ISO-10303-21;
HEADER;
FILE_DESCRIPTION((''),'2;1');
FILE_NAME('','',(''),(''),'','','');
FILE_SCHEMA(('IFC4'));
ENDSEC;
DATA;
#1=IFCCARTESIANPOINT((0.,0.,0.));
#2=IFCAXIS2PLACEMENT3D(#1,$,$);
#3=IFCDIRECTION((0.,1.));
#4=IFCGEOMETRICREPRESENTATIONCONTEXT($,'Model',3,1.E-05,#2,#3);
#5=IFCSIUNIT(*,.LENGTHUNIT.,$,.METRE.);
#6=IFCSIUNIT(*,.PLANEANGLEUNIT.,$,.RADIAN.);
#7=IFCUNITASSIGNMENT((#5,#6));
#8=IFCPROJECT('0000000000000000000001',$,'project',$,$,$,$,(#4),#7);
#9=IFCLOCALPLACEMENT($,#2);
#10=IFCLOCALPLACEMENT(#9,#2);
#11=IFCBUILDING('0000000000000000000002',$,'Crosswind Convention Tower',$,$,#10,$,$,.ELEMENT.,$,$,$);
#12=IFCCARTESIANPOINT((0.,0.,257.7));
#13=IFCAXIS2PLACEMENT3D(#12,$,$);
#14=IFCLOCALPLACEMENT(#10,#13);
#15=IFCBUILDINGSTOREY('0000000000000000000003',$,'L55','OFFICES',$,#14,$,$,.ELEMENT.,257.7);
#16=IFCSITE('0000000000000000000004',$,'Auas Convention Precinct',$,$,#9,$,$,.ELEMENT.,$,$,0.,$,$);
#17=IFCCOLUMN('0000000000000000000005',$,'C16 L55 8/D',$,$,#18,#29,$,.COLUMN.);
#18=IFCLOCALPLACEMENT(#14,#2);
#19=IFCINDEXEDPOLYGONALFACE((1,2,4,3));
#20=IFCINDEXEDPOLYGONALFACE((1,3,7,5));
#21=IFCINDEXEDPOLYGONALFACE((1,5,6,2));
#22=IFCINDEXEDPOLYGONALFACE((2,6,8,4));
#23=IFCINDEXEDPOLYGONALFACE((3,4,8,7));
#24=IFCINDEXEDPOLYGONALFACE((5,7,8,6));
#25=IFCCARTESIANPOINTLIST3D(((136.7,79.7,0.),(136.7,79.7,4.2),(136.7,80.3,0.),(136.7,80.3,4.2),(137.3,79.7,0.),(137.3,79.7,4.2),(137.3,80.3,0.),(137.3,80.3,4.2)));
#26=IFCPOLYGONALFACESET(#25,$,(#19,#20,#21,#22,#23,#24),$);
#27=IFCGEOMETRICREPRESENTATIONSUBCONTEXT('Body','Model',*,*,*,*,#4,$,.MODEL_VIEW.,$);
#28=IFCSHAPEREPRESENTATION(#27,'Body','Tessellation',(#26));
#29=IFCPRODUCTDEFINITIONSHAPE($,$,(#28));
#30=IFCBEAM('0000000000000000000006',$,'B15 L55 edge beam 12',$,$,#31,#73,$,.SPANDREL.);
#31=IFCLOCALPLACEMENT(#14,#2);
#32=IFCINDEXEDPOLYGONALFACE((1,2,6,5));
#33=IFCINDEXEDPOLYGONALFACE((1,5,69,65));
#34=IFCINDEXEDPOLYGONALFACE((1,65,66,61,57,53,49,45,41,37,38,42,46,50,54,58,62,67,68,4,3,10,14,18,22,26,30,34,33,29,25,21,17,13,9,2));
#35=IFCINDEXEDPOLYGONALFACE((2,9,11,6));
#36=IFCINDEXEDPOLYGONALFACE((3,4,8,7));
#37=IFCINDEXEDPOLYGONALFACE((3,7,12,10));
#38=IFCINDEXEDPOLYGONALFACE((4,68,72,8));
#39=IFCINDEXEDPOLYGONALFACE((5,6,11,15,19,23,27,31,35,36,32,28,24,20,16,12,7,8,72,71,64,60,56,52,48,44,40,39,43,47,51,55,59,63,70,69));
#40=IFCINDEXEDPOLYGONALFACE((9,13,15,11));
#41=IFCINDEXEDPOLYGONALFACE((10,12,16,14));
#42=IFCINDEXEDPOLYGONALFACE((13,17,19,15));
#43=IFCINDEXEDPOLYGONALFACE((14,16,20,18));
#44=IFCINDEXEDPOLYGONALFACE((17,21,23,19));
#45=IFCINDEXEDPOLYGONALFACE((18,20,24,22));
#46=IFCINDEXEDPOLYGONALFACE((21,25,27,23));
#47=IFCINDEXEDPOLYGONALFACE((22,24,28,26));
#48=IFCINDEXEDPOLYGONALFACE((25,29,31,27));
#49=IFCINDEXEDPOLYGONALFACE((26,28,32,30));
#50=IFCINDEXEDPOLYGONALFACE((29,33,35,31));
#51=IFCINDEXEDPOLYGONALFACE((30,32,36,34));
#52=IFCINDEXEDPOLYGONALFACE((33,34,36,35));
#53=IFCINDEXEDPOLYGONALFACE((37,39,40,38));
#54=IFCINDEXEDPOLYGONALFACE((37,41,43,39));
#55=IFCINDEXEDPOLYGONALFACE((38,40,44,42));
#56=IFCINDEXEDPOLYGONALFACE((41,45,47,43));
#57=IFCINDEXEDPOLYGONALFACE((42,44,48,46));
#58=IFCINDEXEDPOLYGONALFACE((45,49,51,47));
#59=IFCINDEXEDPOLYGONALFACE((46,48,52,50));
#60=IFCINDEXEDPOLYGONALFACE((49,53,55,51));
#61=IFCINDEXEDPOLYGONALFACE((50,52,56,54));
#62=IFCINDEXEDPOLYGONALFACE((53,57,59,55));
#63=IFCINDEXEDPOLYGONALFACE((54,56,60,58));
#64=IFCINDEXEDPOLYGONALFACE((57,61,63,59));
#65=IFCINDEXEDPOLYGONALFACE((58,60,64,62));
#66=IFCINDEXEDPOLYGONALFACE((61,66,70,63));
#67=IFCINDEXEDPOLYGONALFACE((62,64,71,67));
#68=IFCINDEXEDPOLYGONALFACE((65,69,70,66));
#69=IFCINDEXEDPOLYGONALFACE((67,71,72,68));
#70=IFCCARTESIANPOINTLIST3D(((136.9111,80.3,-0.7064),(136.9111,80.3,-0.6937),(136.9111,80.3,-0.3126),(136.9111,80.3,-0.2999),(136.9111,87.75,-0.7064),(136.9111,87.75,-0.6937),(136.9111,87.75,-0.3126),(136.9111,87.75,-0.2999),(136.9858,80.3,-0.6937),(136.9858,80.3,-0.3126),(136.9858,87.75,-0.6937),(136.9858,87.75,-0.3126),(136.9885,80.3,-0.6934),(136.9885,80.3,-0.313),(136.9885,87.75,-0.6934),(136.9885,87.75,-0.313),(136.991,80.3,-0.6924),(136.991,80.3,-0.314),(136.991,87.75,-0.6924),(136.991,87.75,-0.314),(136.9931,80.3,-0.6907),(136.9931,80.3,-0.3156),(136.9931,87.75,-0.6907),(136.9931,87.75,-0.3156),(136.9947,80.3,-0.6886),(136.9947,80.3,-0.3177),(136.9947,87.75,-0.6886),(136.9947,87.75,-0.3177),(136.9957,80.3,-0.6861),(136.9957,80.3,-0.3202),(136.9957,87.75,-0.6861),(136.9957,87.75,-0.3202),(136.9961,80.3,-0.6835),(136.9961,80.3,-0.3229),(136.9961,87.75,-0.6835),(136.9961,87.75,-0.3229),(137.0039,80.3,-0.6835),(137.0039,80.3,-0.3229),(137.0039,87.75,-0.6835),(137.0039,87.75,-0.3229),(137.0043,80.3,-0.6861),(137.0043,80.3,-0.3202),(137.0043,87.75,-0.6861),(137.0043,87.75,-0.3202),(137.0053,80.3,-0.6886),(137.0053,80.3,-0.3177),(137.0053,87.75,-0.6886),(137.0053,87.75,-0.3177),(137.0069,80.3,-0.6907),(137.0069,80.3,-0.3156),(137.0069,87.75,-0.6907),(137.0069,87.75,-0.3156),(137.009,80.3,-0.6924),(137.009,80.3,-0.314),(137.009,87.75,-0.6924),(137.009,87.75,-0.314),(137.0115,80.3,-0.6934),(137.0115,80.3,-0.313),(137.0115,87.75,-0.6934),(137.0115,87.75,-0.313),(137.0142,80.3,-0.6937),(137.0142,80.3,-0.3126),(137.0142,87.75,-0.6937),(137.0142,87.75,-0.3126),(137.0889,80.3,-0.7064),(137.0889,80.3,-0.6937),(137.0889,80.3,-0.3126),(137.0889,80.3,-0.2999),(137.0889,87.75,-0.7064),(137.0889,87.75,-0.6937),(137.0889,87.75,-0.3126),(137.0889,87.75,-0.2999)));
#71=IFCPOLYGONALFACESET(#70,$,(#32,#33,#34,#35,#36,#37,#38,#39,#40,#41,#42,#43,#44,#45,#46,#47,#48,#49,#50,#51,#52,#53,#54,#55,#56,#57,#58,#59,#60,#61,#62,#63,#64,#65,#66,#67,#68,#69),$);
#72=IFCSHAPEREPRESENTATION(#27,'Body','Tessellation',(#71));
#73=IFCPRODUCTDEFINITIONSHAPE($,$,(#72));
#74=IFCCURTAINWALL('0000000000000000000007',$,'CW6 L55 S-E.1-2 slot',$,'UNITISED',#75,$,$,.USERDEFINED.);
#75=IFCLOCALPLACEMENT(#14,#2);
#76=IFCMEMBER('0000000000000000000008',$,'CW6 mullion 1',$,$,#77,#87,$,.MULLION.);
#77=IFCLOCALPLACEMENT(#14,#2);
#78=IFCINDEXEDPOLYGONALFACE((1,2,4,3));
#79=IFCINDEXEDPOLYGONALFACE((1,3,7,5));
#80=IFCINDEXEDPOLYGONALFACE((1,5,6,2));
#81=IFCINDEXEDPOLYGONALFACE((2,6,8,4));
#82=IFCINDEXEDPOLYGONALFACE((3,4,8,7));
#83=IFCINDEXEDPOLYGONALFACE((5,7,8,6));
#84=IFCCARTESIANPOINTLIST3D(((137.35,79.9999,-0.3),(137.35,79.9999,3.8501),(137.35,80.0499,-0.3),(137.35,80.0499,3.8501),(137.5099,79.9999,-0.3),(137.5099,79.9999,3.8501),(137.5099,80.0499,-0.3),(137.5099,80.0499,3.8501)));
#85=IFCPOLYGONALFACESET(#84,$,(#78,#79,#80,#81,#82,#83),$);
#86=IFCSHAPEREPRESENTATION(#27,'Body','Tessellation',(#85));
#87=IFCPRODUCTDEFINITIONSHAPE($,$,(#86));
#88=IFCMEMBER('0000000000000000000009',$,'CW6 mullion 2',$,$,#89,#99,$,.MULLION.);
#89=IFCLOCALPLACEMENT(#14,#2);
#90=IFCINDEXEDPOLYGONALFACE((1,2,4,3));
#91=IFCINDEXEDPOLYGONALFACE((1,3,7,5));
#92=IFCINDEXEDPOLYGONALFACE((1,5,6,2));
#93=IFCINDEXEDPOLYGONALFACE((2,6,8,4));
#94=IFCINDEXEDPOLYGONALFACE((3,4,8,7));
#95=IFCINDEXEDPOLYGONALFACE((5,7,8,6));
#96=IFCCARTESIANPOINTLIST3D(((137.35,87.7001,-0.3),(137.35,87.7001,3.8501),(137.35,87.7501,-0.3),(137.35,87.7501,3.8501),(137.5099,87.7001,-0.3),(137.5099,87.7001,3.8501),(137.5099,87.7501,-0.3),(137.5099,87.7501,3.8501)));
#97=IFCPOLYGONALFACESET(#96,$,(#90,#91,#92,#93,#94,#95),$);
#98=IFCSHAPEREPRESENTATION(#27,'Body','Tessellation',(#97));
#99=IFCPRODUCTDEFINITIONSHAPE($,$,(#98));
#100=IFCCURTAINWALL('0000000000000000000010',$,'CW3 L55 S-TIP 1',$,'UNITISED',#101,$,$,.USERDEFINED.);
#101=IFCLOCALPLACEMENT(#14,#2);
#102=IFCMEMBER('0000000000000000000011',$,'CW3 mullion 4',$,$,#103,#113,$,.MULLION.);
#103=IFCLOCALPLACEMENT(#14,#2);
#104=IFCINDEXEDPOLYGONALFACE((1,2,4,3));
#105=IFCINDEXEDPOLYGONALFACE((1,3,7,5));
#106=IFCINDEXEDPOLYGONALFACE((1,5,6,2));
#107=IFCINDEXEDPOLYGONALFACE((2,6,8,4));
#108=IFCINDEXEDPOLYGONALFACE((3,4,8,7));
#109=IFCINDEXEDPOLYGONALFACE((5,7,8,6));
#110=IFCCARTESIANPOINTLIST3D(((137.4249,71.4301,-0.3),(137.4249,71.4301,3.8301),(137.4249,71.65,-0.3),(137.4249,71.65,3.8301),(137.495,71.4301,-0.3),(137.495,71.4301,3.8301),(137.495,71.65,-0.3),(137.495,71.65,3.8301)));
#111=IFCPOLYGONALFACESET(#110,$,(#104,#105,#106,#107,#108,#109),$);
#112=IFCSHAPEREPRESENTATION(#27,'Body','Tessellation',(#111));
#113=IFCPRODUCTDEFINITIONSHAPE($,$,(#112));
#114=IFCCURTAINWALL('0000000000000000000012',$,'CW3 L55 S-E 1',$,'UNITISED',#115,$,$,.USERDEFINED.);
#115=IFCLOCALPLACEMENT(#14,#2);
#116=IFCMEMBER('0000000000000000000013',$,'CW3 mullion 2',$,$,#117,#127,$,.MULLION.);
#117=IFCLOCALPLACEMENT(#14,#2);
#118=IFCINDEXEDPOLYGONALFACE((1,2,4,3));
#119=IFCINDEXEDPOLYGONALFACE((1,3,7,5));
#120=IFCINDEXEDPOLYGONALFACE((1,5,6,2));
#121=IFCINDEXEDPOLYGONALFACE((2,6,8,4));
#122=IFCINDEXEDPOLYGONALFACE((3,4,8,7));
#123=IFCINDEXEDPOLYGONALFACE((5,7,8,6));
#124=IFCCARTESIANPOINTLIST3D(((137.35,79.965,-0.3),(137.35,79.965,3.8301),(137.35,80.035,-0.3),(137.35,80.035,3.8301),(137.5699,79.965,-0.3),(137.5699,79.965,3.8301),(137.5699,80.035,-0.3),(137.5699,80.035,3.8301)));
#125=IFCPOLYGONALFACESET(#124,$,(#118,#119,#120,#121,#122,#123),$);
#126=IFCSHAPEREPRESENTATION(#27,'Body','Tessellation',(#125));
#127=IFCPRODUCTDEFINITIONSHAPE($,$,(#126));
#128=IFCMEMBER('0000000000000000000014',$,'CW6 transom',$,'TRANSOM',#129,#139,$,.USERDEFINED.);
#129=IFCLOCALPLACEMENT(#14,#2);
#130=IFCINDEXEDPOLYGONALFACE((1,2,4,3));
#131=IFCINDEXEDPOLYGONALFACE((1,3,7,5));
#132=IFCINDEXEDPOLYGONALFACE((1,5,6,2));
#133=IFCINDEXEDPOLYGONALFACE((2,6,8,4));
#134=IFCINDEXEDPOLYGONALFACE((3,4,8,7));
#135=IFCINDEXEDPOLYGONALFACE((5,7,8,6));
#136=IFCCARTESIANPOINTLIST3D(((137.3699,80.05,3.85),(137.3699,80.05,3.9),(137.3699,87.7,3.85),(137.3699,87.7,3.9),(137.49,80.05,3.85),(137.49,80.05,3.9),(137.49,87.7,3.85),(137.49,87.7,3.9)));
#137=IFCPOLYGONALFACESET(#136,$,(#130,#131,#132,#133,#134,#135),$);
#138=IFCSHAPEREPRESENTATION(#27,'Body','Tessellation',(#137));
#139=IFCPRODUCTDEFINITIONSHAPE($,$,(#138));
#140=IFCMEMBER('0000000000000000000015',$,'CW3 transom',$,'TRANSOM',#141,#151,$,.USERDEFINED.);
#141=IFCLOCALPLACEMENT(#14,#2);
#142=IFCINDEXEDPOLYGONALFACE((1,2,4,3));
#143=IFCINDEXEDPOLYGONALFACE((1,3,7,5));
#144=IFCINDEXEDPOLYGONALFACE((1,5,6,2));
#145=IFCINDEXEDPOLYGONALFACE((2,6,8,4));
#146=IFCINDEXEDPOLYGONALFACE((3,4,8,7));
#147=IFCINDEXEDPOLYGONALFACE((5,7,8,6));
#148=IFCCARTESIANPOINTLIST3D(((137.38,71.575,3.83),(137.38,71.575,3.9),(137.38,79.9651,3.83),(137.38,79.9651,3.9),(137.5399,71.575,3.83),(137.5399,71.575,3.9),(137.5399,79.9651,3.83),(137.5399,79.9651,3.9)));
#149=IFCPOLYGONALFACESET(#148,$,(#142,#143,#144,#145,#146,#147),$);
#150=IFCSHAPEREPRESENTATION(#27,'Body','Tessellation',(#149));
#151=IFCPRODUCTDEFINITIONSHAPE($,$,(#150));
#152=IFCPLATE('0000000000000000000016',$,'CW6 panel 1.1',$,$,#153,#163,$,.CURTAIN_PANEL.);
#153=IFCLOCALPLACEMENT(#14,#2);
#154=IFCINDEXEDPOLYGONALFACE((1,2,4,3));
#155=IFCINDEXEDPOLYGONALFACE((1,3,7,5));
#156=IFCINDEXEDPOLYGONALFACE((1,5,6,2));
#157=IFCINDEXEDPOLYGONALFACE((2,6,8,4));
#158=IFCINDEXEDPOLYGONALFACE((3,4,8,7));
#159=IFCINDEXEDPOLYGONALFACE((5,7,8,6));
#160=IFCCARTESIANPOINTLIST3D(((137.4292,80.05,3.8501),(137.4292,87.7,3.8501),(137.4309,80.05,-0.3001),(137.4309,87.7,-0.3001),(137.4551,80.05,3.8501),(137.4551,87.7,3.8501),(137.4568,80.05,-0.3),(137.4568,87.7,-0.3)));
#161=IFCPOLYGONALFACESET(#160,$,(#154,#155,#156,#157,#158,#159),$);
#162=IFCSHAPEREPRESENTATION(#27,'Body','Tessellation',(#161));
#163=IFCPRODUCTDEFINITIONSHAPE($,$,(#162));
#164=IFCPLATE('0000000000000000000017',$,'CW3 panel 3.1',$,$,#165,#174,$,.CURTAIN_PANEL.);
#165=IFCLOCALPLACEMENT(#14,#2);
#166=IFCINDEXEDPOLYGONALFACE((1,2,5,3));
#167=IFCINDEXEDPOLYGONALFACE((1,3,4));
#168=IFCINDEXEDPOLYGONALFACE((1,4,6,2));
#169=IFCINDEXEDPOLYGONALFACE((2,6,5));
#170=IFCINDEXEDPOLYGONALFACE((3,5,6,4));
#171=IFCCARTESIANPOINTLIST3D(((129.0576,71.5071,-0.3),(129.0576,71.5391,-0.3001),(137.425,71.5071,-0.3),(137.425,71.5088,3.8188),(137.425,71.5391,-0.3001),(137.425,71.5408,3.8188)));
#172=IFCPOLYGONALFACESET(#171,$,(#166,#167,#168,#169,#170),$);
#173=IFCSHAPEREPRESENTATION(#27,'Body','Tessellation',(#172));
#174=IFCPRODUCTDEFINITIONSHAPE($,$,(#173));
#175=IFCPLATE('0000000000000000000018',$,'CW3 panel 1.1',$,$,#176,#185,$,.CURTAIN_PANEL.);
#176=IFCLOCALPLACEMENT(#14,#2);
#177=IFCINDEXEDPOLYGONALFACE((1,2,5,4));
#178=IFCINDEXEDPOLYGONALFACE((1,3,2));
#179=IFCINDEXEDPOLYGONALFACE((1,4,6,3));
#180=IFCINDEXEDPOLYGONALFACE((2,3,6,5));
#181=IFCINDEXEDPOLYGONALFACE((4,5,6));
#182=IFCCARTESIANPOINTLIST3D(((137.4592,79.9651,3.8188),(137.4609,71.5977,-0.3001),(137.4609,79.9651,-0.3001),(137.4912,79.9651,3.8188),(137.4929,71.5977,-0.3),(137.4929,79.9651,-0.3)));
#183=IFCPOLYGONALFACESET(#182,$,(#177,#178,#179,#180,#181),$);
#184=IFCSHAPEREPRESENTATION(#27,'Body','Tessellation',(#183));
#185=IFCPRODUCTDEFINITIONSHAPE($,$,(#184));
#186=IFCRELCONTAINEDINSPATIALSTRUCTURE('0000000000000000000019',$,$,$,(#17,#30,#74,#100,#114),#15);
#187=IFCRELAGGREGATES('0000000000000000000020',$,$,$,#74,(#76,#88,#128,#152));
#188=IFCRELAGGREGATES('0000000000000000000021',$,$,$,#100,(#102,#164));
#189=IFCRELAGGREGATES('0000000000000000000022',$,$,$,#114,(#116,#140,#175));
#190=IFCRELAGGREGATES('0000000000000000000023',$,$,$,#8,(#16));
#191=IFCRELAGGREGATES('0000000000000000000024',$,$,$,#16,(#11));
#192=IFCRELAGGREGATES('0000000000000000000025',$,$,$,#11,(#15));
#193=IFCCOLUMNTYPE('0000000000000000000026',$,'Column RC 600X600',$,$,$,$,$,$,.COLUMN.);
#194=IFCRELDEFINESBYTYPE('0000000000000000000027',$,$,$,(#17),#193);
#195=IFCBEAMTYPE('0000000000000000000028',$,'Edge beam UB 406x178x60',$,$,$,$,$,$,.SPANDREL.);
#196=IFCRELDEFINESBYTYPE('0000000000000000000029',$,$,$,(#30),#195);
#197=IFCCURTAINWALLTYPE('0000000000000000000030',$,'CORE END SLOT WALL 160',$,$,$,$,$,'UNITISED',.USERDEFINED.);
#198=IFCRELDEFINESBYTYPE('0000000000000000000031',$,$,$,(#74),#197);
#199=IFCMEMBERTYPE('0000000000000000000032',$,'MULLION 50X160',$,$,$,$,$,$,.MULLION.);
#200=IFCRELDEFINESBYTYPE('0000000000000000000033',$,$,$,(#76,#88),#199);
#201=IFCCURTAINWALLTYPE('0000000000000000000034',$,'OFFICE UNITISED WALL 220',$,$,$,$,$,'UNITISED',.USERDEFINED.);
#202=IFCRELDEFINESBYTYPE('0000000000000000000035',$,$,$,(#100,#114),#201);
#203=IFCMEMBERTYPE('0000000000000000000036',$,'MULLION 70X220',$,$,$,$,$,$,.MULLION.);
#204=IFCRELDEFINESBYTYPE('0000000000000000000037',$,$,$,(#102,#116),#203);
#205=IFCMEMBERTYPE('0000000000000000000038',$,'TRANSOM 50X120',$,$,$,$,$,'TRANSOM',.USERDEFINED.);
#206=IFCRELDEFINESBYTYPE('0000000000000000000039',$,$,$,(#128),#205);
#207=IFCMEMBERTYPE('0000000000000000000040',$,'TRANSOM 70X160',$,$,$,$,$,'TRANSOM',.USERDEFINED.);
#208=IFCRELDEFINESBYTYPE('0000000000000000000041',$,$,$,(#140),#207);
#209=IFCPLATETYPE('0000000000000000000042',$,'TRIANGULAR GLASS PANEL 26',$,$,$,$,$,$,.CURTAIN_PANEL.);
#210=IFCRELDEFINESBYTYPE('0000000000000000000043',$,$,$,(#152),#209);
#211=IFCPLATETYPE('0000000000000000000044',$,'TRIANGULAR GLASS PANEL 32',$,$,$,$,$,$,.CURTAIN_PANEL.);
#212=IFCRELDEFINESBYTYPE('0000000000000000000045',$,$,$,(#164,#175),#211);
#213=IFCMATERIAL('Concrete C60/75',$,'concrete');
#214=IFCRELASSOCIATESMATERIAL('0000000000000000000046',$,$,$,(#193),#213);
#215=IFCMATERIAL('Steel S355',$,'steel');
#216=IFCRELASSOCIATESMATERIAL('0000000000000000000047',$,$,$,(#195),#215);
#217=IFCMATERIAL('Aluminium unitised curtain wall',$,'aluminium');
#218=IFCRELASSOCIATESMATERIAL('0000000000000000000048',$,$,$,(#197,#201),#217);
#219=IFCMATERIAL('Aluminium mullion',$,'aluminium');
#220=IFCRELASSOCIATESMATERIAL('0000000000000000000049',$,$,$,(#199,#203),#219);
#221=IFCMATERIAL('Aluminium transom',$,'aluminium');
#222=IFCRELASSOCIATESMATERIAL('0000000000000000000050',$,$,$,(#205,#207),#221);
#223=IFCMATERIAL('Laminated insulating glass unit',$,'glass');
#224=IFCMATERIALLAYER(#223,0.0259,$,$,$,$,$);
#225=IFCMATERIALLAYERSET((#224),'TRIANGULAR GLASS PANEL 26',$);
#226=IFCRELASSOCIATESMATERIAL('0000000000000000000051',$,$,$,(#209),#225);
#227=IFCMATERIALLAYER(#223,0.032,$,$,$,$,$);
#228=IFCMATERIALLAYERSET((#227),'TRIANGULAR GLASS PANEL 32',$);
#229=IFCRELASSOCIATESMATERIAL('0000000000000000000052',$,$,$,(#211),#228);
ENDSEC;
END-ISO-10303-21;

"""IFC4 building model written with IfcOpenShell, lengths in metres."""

from ifc_helpers import new_model, si_unit, direction, frame, origin, origin_2d, place, context, subcontext, project, spatial, polyline, rectangle, i_section, outline, extrude, material, layer, layer_set, material_profile, profile_set, type_object, element, aggregate, save


model = new_model("IFC4")

# Units and contexts
model_context = context("Model", 3, precision=1e-05, world=origin(), true_north=direction((0.0, 1.0)))
body_context = subcontext(model_context, "Body", "Model", "MODEL_VIEW")
ifc_project = project(units=[si_unit("LENGTHUNIT", "METRE"), si_unit("PLANEANGLEUNIT", "RADIAN")], contexts=[model_context])

# Site, building, storey
site_placement = place(None, origin())
site = spatial("IfcSite", under=ifc_project, at=site_placement, Name="Auas Convention Precinct", CompositionType="ELEMENT", RefElevation=0.0)
building_placement = place(site_placement, origin())
building = spatial("IfcBuilding", under=site, at=building_placement, Name="Crosswind Convention Tower", CompositionType="ELEMENT")
storey_placement = place(building_placement, frame((0.0, 0.0, 257.7)))
storey = spatial("IfcBuildingStorey", under=building, at=storey_placement, Name="L55", Description="OFFICES", CompositionType="ELEMENT", Elevation=257.7)

# Column
ifc_material_1 = material(Name="Concrete C60/75", Category="concrete")
ifc_material_profile_1 = material_profile(ifc_material_1, rectangle(XDim=0.6001, YDim=0.6001, at=origin_2d()), Name="RC 600X600")
ifc_profile_set_1 = profile_set([ifc_material_profile_1], Name="Concrete C60/75")
column_type = type_object("IfcColumnType", Name="Column RC 600X600", PredefinedType="COLUMN", material=ifc_profile_set_1)
column_placement = place(storey_placement, frame((137.0, 80.0, 0.0), z_axis=(0.0, 0.0, 1.0), x_axis=(1.0, 0.0, 0.0)))
element("IfcColumn", 1, at=column_placement, inside=storey, type_object=column_type, Name="C16 L55 8/D", PredefinedType="COLUMN", context=body_context, shape_type="SweptSolid", body=[
    extrude(rectangle(XDim=0.6001, YDim=0.6001, at=origin_2d()), origin(), (0.0, 0.0, 1.0), 4.2),
])

# Beam
ifc_material_2 = material(Name="Steel S355", Category="steel")
ifc_material_profile_2 = material_profile(ifc_material_2, i_section(OverallWidth=0.1777, OverallDepth=0.4065, WebThickness=0.0078, FlangeThickness=0.0127, FilletRadius=0.0103, at=origin_2d()), Name="UB 406x178x60")
ifc_profile_set_2 = profile_set([ifc_material_profile_2], Name="Steel S355")
beam_type = type_object("IfcBeamType", Name="Edge beam UB 406x178x60", PredefinedType="SPANDREL", material=ifc_profile_set_2)
beam_placement = place(storey_placement, frame((137.0, 80.3, -0.5032), z_axis=(0.0, 1.0, 0.0), x_axis=(-1.0, 0.0, 0.0)))
element("IfcBeam", 2, at=beam_placement, inside=storey, type_object=beam_type, Name="B15 L55 edge beam 12", PredefinedType="SPANDREL", context=body_context, shape_type="SweptSolid", body=[
    extrude(i_section(OverallWidth=0.1777, OverallDepth=0.4065, WebThickness=0.0078, FlangeThickness=0.0127, FilletRadius=0.0103, at=origin_2d()), origin(), (0.0, 0.0, 1.0), 7.45),
])

# Curtain wall, members
ifc_material_3 = material(Name="Aluminium unitised curtain wall", Category="aluminium")
curtain_wall_type_1 = type_object("IfcCurtainWallType", Name="CORE END SLOT WALL 160", ElementType="UNITISED", PredefinedType="USERDEFINED", material=ifc_material_3)
curtain_wall_1_placement = place(storey_placement, origin())
curtain_wall_1 = element("IfcCurtainWall", 3, at=curtain_wall_1_placement, inside=storey, type_object=curtain_wall_type_1, Name="CW6 L55 S-E.1-2 slot", ObjectType="UNITISED", PredefinedType="USERDEFINED")
ifc_material_4 = material(Name="Aluminium mullion", Category="aluminium")
ifc_material_profile_3 = material_profile(ifc_material_4, rectangle(XDim=0.1599, YDim=0.05, at=origin_2d()), Name="AL 160X50")
ifc_profile_set_3 = profile_set([ifc_material_profile_3], Name="Aluminium mullion")
member_type_1 = type_object("IfcMemberType", Name="MULLION 50X160", PredefinedType="MULLION", material=ifc_profile_set_3)
member_1_placement = place(storey_placement, frame((137.4299, 80.0249, -0.3), z_axis=(0.0, 0.0, 1.0), x_axis=(1.0, 0.0, 0.0)))
member_1 = element("IfcMember", 4, at=member_1_placement, type_object=member_type_1, Name="CW6 mullion 1", PredefinedType="MULLION", context=body_context, shape_type="SweptSolid", body=[
    extrude(rectangle(XDim=0.1599, YDim=0.05, at=origin_2d()), origin(), (0.0, 0.0, 1.0), 4.1501),
])
member_2_placement = place(storey_placement, frame((137.4299, 87.7251, -0.3), z_axis=(0.0, 0.0, 1.0), x_axis=(1.0, 0.0, 0.0)))
member_2 = element("IfcMember", 5, at=member_2_placement, type_object=member_type_1, Name="CW6 mullion 2", PredefinedType="MULLION", context=body_context, shape_type="SweptSolid", body=[
    extrude(rectangle(XDim=0.1599, YDim=0.05, at=origin_2d()), origin(), (0.0, 0.0, 1.0), 4.1501),
])

# Curtain walls, members
curtain_wall_type_2 = type_object("IfcCurtainWallType", Name="OFFICE UNITISED WALL 220", ElementType="UNITISED", PredefinedType="USERDEFINED", material=ifc_material_3)
curtain_wall_2_placement = place(storey_placement, origin())
curtain_wall_2 = element("IfcCurtainWall", 6, at=curtain_wall_2_placement, inside=storey, type_object=curtain_wall_type_2, Name="CW3 L55 S-TIP 1", ObjectType="UNITISED", PredefinedType="USERDEFINED")
ifc_material_profile_4 = material_profile(ifc_material_4, rectangle(XDim=0.22, YDim=0.0701, at=origin_2d()), Name="AL 220X70")
ifc_profile_set_4 = profile_set([ifc_material_profile_4], Name="Aluminium mullion")
member_type_2 = type_object("IfcMemberType", Name="MULLION 70X220", PredefinedType="MULLION", material=ifc_profile_set_4)
member_3_placement = place(storey_placement, frame((137.46, 71.54, -0.3), z_axis=(0.0, 0.0, 1.0), x_axis=(0.0, -1.0, 0.0)))
member_3 = element("IfcMember", 7, at=member_3_placement, type_object=member_type_2, Name="CW3 mullion 4", PredefinedType="MULLION", context=body_context, shape_type="SweptSolid", body=[
    extrude(rectangle(XDim=0.22, YDim=0.0701, at=origin_2d()), origin(), (0.0, 0.0, 1.0), 4.1301),
])
curtain_wall_3_placement = place(storey_placement, origin())
curtain_wall_3 = element("IfcCurtainWall", 8, at=curtain_wall_3_placement, inside=storey, type_object=curtain_wall_type_2, Name="CW3 L55 S-E 1", ObjectType="UNITISED", PredefinedType="USERDEFINED")
member_4_placement = place(storey_placement, frame((137.46, 80.0, -0.3), z_axis=(0.0, 0.0, 1.0), x_axis=(1.0, 0.0, 0.0)))
member_4 = element("IfcMember", 9, at=member_4_placement, type_object=member_type_2, Name="CW3 mullion 2", PredefinedType="MULLION", context=body_context, shape_type="SweptSolid", body=[
    extrude(rectangle(XDim=0.22, YDim=0.0701, at=origin_2d()), origin(), (0.0, 0.0, 1.0), 4.1301),
])

# Members
ifc_material_5 = material(Name="Aluminium transom", Category="aluminium")
ifc_material_profile_5 = material_profile(ifc_material_5, rectangle(XDim=0.1201, YDim=0.05, at=origin_2d()), Name="AL 120X50")
ifc_profile_set_5 = profile_set([ifc_material_profile_5], Name="Aluminium transom")
member_type_3 = type_object("IfcMemberType", Name="TRANSOM 50X120", ElementType="TRANSOM", PredefinedType="USERDEFINED", material=ifc_profile_set_5)
member_5_placement = place(storey_placement, frame((137.4299, 80.05, 3.875), z_axis=(0.0, 1.0, 0.0), x_axis=(-1.0, 0.0, 0.0)))
member_5 = element("IfcMember", 10, at=member_5_placement, type_object=member_type_3, Name="CW6 transom", ObjectType="TRANSOM", PredefinedType="USERDEFINED", context=body_context, shape_type="SweptSolid", body=[
    extrude(rectangle(XDim=0.1201, YDim=0.05, at=origin_2d()), origin(), (0.0, 0.0, 1.0), 7.6499),
])
ifc_material_profile_6 = material_profile(ifc_material_5, rectangle(XDim=0.1599, YDim=0.0701, at=origin_2d()), Name="AL 160X70")
ifc_profile_set_6 = profile_set([ifc_material_profile_6], Name="Aluminium transom")
member_type_4 = type_object("IfcMemberType", Name="TRANSOM 70X160", ElementType="TRANSOM", PredefinedType="USERDEFINED", material=ifc_profile_set_6)
member_6_placement = place(storey_placement, frame((137.46, 71.575, 3.865), z_axis=(0.0, 1.0, 0.0), x_axis=(-1.0, 0.0, 0.0)))
member_6 = element("IfcMember", 11, at=member_6_placement, type_object=member_type_4, Name="CW3 transom", ObjectType="TRANSOM", PredefinedType="USERDEFINED", context=body_context, shape_type="SweptSolid", body=[
    extrude(rectangle(XDim=0.1599, YDim=0.0701, at=origin_2d()), origin(), (0.0, 0.0, 1.0), 8.3901),
])

# Plates
ifc_material_6 = material(Name="Laminated insulating glass unit", Category="glass")
ifc_layer_1 = layer(ifc_material_6, 0.0259)
ifc_layer_set_1 = layer_set([ifc_layer_1], Name="TRIANGULAR GLASS PANEL 26")
plate_type_1 = type_object("IfcPlateType", Name="TRIANGULAR GLASS PANEL 26", PredefinedType="CURTAIN_PANEL", material=ifc_layer_set_1)
plate_1_placement = place(storey_placement, frame((137.4568, 80.05, -0.3), z_axis=(1.0, 0.0, 0.000412), x_axis=(0.0, 1.0, 0.0)))
plate_1 = element("IfcPlate", 12, at=plate_1_placement, type_object=plate_type_1, Name="CW6 panel 1.1", PredefinedType="CURTAIN_PANEL", context=body_context, shape_type="SweptSolid", body=[
    extrude(outline(polyline([(0.0, 0.0), (7.6499, 0.0), (7.6499, 4.1501), (0.0, 4.1501), (0.0, 0.0)])), origin(), (0.0, 0.0, -1.0), 0.0259),
])
aggregate(curtain_wall_1, [member_1, member_2, member_5, plate_1])
ifc_layer_2 = layer(ifc_material_6, 0.032)
ifc_layer_set_2 = layer_set([ifc_layer_2], Name="TRIANGULAR GLASS PANEL 32")
plate_type_2 = type_object("IfcPlateType", Name="TRIANGULAR GLASS PANEL 32", PredefinedType="CURTAIN_PANEL", material=ifc_layer_set_2)
plate_2_placement = place(storey_placement, frame((137.425, 71.5071, -0.3), z_axis=(0.0, -1.0, 0.000415), x_axis=(0.0, 0.000415, 1.0)))
plate_2 = element("IfcPlate", 13, at=plate_2_placement, type_object=plate_type_2, Name="CW3 panel 3.1", PredefinedType="CURTAIN_PANEL", context=body_context, shape_type="SweptSolid", body=[
    extrude(outline(polyline([(0.0, 0.0), (4.1189, 0.0), (0.0, 8.3674), (0.0, 0.0)])), origin(), (0.0, 0.0, -1.0), 0.032),
])
aggregate(curtain_wall_2, [member_3, plate_2])
plate_3_placement = place(storey_placement, frame((137.4929, 79.9651, -0.3), z_axis=(1.0, 0.0, 0.000415), x_axis=(-0.000415, 0.0, 1.0)))
plate_3 = element("IfcPlate", 14, at=plate_3_placement, type_object=plate_type_2, Name="CW3 panel 1.1", PredefinedType="CURTAIN_PANEL", context=body_context, shape_type="SweptSolid", body=[
    extrude(outline(polyline([(0.0, 0.0), (4.1189, 0.0), (0.0, 8.3674), (0.0, 0.0)])), origin(), (0.0, 0.0, -1.0), 0.032),
])

aggregate(curtain_wall_3, [member_4, member_6, plate_3])

save(model, "model.ifc")
